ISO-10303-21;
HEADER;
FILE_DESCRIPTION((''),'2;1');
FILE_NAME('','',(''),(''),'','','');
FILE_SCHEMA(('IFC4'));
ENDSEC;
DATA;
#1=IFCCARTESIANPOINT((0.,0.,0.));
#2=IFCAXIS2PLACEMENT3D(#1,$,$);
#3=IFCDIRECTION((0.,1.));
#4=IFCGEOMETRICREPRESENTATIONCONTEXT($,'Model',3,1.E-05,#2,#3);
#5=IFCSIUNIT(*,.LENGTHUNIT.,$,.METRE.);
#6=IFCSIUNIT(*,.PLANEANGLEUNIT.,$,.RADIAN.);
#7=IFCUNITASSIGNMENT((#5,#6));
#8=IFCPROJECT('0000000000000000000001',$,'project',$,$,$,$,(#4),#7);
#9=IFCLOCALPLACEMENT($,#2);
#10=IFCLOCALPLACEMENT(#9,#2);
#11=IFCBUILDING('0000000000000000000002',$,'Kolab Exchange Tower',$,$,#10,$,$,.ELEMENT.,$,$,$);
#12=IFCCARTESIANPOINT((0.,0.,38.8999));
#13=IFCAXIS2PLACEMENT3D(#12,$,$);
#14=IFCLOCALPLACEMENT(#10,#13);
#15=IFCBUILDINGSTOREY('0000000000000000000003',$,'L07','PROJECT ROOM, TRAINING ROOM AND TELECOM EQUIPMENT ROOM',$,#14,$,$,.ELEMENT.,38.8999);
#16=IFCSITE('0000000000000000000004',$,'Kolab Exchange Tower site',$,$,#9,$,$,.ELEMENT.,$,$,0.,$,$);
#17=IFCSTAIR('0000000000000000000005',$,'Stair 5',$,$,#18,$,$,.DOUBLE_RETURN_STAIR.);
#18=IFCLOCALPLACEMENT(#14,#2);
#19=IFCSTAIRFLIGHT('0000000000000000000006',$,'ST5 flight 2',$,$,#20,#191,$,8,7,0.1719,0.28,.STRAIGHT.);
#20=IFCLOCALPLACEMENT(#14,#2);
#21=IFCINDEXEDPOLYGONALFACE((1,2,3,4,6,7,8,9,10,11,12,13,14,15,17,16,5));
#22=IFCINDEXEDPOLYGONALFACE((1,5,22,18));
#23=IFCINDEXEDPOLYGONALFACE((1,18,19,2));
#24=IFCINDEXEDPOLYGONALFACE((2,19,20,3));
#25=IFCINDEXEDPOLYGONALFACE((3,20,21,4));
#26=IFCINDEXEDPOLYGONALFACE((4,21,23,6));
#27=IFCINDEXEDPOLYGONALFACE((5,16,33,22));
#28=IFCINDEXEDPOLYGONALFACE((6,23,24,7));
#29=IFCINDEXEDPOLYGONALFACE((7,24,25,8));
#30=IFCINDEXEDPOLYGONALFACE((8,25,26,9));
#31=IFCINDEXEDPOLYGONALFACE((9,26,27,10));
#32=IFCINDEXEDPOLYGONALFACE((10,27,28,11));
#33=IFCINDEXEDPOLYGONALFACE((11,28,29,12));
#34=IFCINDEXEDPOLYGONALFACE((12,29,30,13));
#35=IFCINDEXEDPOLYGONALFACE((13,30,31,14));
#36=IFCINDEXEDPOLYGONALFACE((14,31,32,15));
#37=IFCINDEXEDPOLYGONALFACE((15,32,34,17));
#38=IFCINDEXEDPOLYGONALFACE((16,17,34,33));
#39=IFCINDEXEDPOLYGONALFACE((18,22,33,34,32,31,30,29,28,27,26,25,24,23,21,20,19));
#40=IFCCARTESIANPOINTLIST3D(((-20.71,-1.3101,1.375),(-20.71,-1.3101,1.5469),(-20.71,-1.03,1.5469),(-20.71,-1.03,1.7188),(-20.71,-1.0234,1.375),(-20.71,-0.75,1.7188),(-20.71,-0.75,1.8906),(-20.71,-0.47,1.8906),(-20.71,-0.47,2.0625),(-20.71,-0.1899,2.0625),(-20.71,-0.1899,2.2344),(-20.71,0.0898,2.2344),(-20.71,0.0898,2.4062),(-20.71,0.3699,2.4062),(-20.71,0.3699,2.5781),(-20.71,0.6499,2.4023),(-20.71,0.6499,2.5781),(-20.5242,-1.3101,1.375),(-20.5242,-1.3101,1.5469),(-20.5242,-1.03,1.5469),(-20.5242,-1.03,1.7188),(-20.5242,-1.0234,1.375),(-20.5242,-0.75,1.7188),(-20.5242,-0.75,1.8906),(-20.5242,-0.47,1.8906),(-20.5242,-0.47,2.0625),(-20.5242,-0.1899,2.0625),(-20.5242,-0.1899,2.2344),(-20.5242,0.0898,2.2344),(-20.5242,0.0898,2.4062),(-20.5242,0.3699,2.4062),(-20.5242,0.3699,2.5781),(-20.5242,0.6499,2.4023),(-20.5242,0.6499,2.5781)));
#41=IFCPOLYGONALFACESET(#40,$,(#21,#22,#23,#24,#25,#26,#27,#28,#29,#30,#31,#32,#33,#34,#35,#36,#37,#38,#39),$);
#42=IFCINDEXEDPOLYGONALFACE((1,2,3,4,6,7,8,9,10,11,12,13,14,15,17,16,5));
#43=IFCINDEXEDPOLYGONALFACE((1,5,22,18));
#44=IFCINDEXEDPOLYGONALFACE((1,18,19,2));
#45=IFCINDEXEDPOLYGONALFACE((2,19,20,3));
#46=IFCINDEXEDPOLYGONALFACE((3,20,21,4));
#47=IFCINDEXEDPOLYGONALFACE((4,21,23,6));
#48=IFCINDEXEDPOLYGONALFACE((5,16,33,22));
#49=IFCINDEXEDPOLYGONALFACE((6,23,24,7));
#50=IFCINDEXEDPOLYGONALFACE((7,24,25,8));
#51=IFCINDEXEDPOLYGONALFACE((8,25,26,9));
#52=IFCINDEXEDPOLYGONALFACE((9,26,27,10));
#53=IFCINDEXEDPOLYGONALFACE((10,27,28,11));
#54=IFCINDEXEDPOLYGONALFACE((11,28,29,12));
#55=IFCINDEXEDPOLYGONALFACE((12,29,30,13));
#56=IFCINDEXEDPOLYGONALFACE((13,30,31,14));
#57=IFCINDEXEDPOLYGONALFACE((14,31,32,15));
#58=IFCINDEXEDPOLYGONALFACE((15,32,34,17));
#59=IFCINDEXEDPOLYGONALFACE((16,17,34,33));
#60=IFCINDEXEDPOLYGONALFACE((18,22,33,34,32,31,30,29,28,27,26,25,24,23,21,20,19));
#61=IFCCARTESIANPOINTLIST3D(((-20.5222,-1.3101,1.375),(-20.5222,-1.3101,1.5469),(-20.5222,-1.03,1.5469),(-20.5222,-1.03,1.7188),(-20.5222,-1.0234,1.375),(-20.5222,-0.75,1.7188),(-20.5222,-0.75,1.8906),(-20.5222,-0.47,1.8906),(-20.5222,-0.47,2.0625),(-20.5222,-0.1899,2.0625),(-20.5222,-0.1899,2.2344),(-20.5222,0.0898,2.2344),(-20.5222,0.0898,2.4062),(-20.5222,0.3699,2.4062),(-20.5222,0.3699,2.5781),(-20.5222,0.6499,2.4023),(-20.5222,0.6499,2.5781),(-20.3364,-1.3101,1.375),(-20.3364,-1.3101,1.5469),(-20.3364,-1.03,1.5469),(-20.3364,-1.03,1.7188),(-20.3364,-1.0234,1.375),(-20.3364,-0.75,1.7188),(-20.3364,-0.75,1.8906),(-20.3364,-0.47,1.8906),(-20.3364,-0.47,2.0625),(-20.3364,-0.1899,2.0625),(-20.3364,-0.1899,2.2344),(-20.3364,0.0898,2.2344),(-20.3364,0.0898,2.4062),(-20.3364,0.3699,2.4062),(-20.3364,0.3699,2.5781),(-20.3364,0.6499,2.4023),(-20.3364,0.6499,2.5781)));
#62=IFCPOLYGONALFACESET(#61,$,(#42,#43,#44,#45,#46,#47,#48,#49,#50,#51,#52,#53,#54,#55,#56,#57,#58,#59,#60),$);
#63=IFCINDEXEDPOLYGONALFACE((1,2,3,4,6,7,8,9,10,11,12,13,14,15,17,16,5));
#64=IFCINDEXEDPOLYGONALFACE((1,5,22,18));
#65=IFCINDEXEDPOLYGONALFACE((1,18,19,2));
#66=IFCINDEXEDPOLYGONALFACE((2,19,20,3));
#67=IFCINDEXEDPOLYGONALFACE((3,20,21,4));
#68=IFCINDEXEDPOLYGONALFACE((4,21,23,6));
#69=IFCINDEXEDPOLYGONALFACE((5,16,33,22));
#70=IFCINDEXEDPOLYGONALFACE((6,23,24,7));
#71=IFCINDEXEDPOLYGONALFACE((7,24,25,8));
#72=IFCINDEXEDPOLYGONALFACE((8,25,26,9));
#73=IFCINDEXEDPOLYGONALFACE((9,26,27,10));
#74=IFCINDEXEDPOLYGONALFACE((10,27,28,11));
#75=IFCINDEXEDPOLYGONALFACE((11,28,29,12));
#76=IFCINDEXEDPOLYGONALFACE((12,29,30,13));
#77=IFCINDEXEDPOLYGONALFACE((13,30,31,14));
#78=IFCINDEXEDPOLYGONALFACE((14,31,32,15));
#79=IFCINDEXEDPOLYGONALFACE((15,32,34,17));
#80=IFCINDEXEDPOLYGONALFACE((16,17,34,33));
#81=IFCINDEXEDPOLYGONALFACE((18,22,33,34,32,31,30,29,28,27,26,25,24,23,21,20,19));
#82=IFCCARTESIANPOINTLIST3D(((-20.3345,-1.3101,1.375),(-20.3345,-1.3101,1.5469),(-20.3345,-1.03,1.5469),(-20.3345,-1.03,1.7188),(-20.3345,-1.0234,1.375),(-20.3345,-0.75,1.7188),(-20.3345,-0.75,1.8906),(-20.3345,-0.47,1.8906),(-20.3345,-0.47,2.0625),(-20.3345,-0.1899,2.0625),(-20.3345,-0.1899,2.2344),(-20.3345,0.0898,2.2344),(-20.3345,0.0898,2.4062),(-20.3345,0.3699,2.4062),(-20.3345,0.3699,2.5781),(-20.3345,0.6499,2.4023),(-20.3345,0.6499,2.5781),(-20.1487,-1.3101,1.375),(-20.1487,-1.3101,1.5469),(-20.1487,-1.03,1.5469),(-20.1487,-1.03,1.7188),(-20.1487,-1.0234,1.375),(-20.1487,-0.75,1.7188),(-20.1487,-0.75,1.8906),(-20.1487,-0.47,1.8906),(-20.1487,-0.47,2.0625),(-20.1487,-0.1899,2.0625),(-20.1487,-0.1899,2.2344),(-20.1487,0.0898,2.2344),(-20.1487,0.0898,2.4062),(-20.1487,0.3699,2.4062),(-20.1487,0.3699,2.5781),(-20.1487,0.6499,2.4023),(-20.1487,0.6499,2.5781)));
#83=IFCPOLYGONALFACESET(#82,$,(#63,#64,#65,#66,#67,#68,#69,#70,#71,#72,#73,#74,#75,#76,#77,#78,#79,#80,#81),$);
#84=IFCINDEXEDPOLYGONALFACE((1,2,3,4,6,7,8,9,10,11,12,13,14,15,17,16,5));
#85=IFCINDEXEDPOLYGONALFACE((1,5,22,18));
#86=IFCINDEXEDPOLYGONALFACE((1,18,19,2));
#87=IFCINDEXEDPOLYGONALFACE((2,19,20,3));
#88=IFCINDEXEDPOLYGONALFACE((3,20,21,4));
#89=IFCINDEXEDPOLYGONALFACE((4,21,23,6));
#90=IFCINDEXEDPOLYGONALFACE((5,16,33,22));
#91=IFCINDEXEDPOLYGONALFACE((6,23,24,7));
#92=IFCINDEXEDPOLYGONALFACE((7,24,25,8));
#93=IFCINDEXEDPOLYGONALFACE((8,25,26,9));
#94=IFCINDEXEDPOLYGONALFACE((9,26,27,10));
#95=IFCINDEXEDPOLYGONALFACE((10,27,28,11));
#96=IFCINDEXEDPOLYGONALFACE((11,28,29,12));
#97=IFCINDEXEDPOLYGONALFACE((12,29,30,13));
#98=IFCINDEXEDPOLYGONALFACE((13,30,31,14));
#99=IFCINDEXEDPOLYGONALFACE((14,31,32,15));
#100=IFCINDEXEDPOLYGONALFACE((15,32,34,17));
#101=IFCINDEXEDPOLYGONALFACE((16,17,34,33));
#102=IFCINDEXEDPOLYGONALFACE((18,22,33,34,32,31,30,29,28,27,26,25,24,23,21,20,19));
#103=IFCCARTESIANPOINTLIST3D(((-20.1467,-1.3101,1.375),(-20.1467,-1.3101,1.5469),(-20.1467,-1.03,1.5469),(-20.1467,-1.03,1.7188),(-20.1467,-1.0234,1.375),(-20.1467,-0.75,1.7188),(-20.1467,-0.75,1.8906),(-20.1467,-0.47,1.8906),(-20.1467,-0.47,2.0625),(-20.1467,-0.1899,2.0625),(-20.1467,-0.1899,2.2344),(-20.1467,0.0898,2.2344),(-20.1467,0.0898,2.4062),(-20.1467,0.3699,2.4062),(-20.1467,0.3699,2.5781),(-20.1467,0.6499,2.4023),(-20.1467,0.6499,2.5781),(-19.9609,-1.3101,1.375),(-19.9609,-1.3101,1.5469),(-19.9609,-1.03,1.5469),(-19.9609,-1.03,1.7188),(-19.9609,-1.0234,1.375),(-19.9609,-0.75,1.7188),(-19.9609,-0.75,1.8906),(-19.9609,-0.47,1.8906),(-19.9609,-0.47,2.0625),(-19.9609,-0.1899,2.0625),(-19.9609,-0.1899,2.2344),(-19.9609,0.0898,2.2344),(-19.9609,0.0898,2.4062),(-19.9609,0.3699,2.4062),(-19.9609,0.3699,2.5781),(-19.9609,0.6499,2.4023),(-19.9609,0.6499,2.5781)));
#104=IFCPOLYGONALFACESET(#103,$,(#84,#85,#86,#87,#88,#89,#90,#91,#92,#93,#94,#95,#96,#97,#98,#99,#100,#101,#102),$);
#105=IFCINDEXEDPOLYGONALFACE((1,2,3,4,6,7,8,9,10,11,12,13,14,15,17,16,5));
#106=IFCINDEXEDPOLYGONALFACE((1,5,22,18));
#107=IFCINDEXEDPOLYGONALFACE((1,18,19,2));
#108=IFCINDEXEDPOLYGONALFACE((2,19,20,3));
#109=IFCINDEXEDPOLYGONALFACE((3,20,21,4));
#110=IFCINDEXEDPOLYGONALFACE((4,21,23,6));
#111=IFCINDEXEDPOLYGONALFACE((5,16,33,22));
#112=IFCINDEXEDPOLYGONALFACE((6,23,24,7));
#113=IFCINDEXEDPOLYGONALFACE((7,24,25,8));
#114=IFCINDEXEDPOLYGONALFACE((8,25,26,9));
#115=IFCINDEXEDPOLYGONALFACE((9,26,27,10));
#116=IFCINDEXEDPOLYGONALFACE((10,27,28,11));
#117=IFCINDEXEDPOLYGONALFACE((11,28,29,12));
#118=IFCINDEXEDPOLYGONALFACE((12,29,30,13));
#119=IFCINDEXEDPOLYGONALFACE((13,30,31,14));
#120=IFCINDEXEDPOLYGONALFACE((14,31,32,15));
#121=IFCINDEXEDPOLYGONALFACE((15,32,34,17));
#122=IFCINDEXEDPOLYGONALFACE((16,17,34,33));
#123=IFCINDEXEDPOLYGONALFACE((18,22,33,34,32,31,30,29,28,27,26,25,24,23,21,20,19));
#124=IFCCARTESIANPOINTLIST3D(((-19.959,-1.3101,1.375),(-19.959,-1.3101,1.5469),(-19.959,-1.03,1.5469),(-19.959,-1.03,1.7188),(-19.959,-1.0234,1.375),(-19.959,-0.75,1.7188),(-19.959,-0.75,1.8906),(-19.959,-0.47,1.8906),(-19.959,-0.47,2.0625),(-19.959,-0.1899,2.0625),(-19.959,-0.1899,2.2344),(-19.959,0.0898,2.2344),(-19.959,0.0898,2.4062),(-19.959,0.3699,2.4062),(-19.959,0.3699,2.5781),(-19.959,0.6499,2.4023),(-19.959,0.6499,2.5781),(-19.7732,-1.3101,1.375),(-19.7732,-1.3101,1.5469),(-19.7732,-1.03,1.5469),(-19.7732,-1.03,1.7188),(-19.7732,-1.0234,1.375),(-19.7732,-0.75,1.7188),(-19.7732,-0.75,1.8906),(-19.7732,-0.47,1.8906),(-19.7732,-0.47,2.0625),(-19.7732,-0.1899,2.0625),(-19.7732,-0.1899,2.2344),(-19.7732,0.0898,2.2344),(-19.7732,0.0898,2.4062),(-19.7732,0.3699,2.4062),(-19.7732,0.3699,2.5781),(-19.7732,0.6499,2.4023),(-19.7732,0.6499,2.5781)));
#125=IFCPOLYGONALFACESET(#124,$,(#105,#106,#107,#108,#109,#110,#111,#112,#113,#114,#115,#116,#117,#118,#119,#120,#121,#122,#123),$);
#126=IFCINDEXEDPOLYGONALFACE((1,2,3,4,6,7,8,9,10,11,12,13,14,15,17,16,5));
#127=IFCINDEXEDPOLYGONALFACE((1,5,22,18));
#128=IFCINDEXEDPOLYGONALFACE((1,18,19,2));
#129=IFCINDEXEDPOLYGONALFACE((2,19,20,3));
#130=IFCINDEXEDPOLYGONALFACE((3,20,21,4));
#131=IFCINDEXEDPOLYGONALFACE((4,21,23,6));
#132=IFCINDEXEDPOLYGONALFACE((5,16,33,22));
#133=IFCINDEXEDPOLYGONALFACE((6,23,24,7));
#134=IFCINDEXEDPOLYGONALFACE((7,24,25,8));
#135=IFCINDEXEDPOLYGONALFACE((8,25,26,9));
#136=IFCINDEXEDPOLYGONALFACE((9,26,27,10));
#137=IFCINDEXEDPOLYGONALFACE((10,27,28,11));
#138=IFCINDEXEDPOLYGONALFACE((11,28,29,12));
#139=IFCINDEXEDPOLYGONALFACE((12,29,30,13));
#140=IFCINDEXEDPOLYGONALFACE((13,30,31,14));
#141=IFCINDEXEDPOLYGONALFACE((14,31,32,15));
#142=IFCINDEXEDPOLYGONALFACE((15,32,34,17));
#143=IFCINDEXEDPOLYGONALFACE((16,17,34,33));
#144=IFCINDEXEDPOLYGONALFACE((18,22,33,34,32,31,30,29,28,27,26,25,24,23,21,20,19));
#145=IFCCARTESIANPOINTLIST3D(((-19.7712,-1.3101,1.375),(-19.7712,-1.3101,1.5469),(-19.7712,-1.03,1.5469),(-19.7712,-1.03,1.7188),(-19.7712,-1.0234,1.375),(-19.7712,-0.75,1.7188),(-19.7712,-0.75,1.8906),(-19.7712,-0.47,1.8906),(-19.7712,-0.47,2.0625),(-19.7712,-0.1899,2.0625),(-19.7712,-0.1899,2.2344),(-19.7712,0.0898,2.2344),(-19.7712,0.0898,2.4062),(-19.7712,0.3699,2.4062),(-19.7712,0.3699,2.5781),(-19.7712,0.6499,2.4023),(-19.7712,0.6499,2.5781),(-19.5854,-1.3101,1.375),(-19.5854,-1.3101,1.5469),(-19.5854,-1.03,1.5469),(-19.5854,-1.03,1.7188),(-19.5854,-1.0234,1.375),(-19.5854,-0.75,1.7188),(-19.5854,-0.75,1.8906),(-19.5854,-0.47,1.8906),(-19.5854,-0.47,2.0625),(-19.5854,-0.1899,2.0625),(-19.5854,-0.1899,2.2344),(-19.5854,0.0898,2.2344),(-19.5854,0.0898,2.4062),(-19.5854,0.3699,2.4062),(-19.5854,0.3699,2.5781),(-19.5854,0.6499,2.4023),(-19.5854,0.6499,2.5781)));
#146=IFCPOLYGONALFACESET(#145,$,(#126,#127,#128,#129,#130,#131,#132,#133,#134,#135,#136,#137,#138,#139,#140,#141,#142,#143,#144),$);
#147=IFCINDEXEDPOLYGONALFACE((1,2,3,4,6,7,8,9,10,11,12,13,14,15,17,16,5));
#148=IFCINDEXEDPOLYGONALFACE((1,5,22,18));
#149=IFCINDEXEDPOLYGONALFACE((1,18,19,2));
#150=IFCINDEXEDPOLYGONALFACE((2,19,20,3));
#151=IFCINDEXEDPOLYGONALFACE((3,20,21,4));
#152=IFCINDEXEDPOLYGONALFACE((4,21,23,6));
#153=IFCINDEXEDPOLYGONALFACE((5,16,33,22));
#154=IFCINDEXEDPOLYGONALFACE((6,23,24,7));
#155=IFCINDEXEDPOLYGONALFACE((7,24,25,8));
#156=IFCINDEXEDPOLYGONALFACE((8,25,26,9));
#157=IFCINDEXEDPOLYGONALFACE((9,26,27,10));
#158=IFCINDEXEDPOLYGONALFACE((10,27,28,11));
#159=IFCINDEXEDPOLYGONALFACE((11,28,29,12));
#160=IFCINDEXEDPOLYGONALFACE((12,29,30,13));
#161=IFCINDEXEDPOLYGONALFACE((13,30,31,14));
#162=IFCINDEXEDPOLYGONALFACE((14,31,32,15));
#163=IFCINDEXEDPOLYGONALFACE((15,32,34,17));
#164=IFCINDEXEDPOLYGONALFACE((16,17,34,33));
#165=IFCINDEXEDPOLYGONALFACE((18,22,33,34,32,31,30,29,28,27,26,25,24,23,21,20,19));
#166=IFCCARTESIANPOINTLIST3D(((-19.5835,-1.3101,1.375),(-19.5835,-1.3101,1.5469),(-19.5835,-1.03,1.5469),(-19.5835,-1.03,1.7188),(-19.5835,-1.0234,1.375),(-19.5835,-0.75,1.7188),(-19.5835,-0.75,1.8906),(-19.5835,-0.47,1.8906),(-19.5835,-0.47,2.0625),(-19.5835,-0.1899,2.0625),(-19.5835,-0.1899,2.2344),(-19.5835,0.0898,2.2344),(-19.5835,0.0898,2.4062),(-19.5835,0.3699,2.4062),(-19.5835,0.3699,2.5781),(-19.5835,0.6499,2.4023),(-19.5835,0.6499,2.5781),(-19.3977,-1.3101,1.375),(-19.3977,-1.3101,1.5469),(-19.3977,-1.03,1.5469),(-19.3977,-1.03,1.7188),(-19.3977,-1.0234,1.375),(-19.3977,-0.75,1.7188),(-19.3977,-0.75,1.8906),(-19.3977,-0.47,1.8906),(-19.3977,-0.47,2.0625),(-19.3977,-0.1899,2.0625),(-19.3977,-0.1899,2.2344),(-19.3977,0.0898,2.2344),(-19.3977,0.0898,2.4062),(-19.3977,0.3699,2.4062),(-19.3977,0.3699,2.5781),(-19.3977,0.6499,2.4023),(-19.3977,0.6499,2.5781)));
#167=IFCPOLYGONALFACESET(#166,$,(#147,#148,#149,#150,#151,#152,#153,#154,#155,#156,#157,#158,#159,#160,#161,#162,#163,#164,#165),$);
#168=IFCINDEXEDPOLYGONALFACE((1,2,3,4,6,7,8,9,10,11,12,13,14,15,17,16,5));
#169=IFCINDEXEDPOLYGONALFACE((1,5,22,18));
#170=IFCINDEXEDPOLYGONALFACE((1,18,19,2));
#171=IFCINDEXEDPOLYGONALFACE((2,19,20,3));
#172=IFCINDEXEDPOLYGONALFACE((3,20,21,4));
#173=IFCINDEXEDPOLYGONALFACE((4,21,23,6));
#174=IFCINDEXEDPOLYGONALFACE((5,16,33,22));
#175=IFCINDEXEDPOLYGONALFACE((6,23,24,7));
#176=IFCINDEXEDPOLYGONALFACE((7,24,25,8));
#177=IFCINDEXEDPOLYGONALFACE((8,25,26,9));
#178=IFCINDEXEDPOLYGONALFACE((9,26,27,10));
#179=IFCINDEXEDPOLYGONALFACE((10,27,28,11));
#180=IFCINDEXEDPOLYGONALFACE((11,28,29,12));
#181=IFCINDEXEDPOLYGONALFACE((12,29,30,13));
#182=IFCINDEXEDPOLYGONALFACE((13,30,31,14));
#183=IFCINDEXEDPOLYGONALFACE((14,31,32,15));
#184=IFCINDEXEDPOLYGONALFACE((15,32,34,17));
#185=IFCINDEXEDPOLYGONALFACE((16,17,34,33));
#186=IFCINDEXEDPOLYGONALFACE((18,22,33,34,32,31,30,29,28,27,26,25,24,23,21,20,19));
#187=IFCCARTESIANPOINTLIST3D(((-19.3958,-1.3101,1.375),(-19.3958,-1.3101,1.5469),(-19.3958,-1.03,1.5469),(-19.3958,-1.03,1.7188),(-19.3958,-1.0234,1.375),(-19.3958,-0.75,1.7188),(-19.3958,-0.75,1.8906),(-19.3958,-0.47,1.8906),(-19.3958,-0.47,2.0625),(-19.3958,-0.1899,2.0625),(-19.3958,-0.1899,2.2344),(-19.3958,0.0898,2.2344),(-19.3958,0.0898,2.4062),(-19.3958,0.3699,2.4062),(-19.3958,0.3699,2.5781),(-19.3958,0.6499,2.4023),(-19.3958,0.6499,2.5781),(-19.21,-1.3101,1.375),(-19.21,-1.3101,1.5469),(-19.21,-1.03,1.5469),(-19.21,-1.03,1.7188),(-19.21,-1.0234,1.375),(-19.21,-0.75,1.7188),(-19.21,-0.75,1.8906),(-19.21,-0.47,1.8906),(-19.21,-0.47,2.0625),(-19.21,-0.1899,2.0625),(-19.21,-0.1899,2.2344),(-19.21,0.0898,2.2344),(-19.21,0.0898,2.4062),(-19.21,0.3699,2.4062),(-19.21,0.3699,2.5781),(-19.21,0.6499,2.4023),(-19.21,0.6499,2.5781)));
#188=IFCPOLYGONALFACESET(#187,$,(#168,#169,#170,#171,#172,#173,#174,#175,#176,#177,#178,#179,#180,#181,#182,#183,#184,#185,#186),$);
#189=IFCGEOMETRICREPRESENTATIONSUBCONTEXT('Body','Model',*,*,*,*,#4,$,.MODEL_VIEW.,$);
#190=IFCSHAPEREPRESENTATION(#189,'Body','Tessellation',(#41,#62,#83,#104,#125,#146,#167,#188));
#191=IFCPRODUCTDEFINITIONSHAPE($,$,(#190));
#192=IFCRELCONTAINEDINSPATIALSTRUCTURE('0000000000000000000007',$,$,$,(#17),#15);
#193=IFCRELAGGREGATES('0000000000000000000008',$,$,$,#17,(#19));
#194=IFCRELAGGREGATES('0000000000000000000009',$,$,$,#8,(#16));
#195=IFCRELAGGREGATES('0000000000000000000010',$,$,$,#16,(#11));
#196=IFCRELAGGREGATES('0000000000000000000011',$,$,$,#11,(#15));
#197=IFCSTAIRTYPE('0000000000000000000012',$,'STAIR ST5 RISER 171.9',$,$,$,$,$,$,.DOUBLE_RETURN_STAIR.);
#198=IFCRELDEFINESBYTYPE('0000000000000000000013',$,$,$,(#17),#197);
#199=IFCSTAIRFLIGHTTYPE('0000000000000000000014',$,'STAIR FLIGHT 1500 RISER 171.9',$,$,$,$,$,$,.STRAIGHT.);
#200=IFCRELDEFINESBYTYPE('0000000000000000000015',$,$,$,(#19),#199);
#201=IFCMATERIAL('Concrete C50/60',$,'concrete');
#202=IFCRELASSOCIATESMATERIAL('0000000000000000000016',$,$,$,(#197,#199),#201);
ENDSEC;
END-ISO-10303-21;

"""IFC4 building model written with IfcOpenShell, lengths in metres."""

from ifc_helpers import new_model, si_unit, direction, frame, origin, place, context, subcontext, project, spatial, polyline, outline, extrude, material, type_object, element, aggregate, save


model = new_model("IFC4")

# Units and contexts
model_context = context("Model", 3, precision=1e-05, world=origin(), true_north=direction((0.0, 1.0)))
body_context = subcontext(model_context, "Body", "Model", "MODEL_VIEW")
ifc_project = project(units=[si_unit("LENGTHUNIT", "METRE"), si_unit("PLANEANGLEUNIT", "RADIAN")], contexts=[model_context])

# Site, building, storey
site_placement = place(None, origin())
site = spatial("IfcSite", under=ifc_project, at=site_placement, Name="Kolab Exchange Tower site", CompositionType="ELEMENT", RefElevation=0.0)
building_placement = place(site_placement, origin())
building = spatial("IfcBuilding", under=site, at=building_placement, Name="Kolab Exchange Tower", CompositionType="ELEMENT")
storey_placement = place(building_placement, frame((0.0, 0.0, 38.8999)))
storey = spatial("IfcBuildingStorey", under=building, at=storey_placement, Name="L07", Description="PROJECT ROOM, TRAINING ROOM AND TELECOM EQUIPMENT ROOM", CompositionType="ELEMENT", Elevation=38.8999)

# Shared definitions
ifc_material_1 = material(Name="Concrete C50/60", Category="concrete")

# Stair, stair flight
stair_type = type_object("IfcStairType", Name="STAIR ST5 RISER 171.9", PredefinedType="DOUBLE_RETURN_STAIR", material=ifc_material_1)
stair_placement = place(storey_placement, origin())
stair = element("IfcStair", 1, at=stair_placement, inside=storey, type_object=stair_type, Name="Stair 5", PredefinedType="DOUBLE_RETURN_STAIR")
stair_flight_type = type_object("IfcStairFlightType", Name="STAIR FLIGHT 1500 RISER 171.9", PredefinedType="STRAIGHT", material=ifc_material_1)
stair_flight_1_placement = place(storey_placement, frame((-19.96, -1.3101, 1.375), z_axis=(0.0, 0.0, 1.0), x_axis=(0.0, 1.0, 0.0)))
stair_flight_1 = element("IfcStairFlight", 2, at=stair_flight_1_placement, type_object=stair_flight_type, Name="ST5 flight 2", NumberOfRisers=8, NumberOfTreads=7, PredefinedType="STRAIGHT", RiserHeight=0.1719, TreadLength=0.28, context=body_context, shape_type="SweptSolid", body=[
    extrude(outline(polyline([(0.0, 0.0), (0.0, 0.1719), (0.28, 0.1719), (0.28, 0.3438), (0.5601, 0.3438), (0.5601, 0.5156), (0.8401, 0.5156), (0.8401, 0.6875), (1.1201, 0.6875), (1.1201, 0.8594), (1.3999, 0.8594), (1.3999, 1.0312), (1.6799, 1.0312), (1.6799, 1.2031), (1.96, 1.2031), (1.96, 1.375), (1.96, 1.0273), (0.2866, 0.0), (0.0, 0.0)])), frame((0.0, 0.75, 0.0), z_axis=(0.0, -1.0, 0.0), x_axis=(1.0, 0.0, 0.0)), (0.0, 0.0, 1.0), 0.1858),
    extrude(outline(polyline([(0.0, 0.0), (0.0, 0.1719), (0.28, 0.1719), (0.28, 0.3438), (0.5601, 0.3438), (0.5601, 0.5156), (0.8401, 0.5156), (0.8401, 0.6875), (1.1201, 0.6875), (1.1201, 0.8594), (1.3999, 0.8594), (1.3999, 1.0312), (1.6799, 1.0312), (1.6799, 1.2031), (1.96, 1.2031), (1.96, 1.375), (1.96, 1.0273), (0.2866, 0.0), (0.0, 0.0)])), frame((0.0, 0.5623, 0.0), z_axis=(0.0, -1.0, 0.0), x_axis=(1.0, 0.0, 0.0)), (0.0, 0.0, 1.0), 0.1858),
    extrude(outline(polyline([(0.0, 0.0), (0.0, 0.1719), (0.28, 0.1719), (0.28, 0.3438), (0.5601, 0.3438), (0.5601, 0.5156), (0.8401, 0.5156), (0.8401, 0.6875), (1.1201, 0.6875), (1.1201, 0.8594), (1.3999, 0.8594), (1.3999, 1.0312), (1.6799, 1.0312), (1.6799, 1.2031), (1.96, 1.2031), (1.96, 1.375), (1.96, 1.0273), (0.2866, 0.0), (0.0, 0.0)])), frame((0.0, 0.3745, 0.0), z_axis=(0.0, -1.0, 0.0), x_axis=(1.0, 0.0, 0.0)), (0.0, 0.0, 1.0), 0.1858),
    extrude(outline(polyline([(0.0, 0.0), (0.0, 0.1719), (0.28, 0.1719), (0.28, 0.3438), (0.5601, 0.3438), (0.5601, 0.5156), (0.8401, 0.5156), (0.8401, 0.6875), (1.1201, 0.6875), (1.1201, 0.8594), (1.3999, 0.8594), (1.3999, 1.0312), (1.6799, 1.0312), (1.6799, 1.2031), (1.96, 1.2031), (1.96, 1.375), (1.96, 1.0273), (0.2866, 0.0), (0.0, 0.0)])), frame((0.0, 0.1868, 0.0), z_axis=(0.0, -1.0, 0.0), x_axis=(1.0, 0.0, 0.0)), (0.0, 0.0, 1.0), 0.1858),
    extrude(outline(polyline([(0.0, 0.0), (0.0, 0.1719), (0.28, 0.1719), (0.28, 0.3438), (0.5601, 0.3438), (0.5601, 0.5156), (0.8401, 0.5156), (0.8401, 0.6875), (1.1201, 0.6875), (1.1201, 0.8594), (1.3999, 0.8594), (1.3999, 1.0312), (1.6799, 1.0312), (1.6799, 1.2031), (1.96, 1.2031), (1.96, 1.375), (1.96, 1.0273), (0.2866, 0.0), (0.0, 0.0)])), frame((0.0, -0.001, 0.0), z_axis=(0.0, -1.0, 0.0), x_axis=(1.0, 0.0, 0.0)), (0.0, 0.0, 1.0), 0.1858),
    extrude(outline(polyline([(0.0, 0.0), (0.0, 0.1719), (0.28, 0.1719), (0.28, 0.3438), (0.5601, 0.3438), (0.5601, 0.5156), (0.8401, 0.5156), (0.8401, 0.6875), (1.1201, 0.6875), (1.1201, 0.8594), (1.3999, 0.8594), (1.3999, 1.0312), (1.6799, 1.0312), (1.6799, 1.2031), (1.96, 1.2031), (1.96, 1.375), (1.96, 1.0273), (0.2866, 0.0), (0.0, 0.0)])), frame((0.0, -0.1887, 0.0), z_axis=(0.0, -1.0, 0.0), x_axis=(1.0, 0.0, 0.0)), (0.0, 0.0, 1.0), 0.1858),
    extrude(outline(polyline([(0.0, 0.0), (0.0, 0.1719), (0.28, 0.1719), (0.28, 0.3438), (0.5601, 0.3438), (0.5601, 0.5156), (0.8401, 0.5156), (0.8401, 0.6875), (1.1201, 0.6875), (1.1201, 0.8594), (1.3999, 0.8594), (1.3999, 1.0312), (1.6799, 1.0312), (1.6799, 1.2031), (1.96, 1.2031), (1.96, 1.375), (1.96, 1.0273), (0.2866, 0.0), (0.0, 0.0)])), frame((0.0, -0.3765, 0.0), z_axis=(0.0, -1.0, 0.0), x_axis=(1.0, 0.0, 0.0)), (0.0, 0.0, 1.0), 0.1858),
    extrude(outline(polyline([(0.0, 0.0), (0.0, 0.1719), (0.28, 0.1719), (0.28, 0.3438), (0.5601, 0.3438), (0.5601, 0.5156), (0.8401, 0.5156), (0.8401, 0.6875), (1.1201, 0.6875), (1.1201, 0.8594), (1.3999, 0.8594), (1.3999, 1.0312), (1.6799, 1.0312), (1.6799, 1.2031), (1.96, 1.2031), (1.96, 1.375), (1.96, 1.0273), (0.2866, 0.0), (0.0, 0.0)])), frame((0.0, -0.5642, 0.0), z_axis=(0.0, -1.0, 0.0), x_axis=(1.0, 0.0, 0.0)), (0.0, 0.0, 1.0), 0.1858),
])
aggregate(stair, [stair_flight_1])

save(model, "model.ifc")
